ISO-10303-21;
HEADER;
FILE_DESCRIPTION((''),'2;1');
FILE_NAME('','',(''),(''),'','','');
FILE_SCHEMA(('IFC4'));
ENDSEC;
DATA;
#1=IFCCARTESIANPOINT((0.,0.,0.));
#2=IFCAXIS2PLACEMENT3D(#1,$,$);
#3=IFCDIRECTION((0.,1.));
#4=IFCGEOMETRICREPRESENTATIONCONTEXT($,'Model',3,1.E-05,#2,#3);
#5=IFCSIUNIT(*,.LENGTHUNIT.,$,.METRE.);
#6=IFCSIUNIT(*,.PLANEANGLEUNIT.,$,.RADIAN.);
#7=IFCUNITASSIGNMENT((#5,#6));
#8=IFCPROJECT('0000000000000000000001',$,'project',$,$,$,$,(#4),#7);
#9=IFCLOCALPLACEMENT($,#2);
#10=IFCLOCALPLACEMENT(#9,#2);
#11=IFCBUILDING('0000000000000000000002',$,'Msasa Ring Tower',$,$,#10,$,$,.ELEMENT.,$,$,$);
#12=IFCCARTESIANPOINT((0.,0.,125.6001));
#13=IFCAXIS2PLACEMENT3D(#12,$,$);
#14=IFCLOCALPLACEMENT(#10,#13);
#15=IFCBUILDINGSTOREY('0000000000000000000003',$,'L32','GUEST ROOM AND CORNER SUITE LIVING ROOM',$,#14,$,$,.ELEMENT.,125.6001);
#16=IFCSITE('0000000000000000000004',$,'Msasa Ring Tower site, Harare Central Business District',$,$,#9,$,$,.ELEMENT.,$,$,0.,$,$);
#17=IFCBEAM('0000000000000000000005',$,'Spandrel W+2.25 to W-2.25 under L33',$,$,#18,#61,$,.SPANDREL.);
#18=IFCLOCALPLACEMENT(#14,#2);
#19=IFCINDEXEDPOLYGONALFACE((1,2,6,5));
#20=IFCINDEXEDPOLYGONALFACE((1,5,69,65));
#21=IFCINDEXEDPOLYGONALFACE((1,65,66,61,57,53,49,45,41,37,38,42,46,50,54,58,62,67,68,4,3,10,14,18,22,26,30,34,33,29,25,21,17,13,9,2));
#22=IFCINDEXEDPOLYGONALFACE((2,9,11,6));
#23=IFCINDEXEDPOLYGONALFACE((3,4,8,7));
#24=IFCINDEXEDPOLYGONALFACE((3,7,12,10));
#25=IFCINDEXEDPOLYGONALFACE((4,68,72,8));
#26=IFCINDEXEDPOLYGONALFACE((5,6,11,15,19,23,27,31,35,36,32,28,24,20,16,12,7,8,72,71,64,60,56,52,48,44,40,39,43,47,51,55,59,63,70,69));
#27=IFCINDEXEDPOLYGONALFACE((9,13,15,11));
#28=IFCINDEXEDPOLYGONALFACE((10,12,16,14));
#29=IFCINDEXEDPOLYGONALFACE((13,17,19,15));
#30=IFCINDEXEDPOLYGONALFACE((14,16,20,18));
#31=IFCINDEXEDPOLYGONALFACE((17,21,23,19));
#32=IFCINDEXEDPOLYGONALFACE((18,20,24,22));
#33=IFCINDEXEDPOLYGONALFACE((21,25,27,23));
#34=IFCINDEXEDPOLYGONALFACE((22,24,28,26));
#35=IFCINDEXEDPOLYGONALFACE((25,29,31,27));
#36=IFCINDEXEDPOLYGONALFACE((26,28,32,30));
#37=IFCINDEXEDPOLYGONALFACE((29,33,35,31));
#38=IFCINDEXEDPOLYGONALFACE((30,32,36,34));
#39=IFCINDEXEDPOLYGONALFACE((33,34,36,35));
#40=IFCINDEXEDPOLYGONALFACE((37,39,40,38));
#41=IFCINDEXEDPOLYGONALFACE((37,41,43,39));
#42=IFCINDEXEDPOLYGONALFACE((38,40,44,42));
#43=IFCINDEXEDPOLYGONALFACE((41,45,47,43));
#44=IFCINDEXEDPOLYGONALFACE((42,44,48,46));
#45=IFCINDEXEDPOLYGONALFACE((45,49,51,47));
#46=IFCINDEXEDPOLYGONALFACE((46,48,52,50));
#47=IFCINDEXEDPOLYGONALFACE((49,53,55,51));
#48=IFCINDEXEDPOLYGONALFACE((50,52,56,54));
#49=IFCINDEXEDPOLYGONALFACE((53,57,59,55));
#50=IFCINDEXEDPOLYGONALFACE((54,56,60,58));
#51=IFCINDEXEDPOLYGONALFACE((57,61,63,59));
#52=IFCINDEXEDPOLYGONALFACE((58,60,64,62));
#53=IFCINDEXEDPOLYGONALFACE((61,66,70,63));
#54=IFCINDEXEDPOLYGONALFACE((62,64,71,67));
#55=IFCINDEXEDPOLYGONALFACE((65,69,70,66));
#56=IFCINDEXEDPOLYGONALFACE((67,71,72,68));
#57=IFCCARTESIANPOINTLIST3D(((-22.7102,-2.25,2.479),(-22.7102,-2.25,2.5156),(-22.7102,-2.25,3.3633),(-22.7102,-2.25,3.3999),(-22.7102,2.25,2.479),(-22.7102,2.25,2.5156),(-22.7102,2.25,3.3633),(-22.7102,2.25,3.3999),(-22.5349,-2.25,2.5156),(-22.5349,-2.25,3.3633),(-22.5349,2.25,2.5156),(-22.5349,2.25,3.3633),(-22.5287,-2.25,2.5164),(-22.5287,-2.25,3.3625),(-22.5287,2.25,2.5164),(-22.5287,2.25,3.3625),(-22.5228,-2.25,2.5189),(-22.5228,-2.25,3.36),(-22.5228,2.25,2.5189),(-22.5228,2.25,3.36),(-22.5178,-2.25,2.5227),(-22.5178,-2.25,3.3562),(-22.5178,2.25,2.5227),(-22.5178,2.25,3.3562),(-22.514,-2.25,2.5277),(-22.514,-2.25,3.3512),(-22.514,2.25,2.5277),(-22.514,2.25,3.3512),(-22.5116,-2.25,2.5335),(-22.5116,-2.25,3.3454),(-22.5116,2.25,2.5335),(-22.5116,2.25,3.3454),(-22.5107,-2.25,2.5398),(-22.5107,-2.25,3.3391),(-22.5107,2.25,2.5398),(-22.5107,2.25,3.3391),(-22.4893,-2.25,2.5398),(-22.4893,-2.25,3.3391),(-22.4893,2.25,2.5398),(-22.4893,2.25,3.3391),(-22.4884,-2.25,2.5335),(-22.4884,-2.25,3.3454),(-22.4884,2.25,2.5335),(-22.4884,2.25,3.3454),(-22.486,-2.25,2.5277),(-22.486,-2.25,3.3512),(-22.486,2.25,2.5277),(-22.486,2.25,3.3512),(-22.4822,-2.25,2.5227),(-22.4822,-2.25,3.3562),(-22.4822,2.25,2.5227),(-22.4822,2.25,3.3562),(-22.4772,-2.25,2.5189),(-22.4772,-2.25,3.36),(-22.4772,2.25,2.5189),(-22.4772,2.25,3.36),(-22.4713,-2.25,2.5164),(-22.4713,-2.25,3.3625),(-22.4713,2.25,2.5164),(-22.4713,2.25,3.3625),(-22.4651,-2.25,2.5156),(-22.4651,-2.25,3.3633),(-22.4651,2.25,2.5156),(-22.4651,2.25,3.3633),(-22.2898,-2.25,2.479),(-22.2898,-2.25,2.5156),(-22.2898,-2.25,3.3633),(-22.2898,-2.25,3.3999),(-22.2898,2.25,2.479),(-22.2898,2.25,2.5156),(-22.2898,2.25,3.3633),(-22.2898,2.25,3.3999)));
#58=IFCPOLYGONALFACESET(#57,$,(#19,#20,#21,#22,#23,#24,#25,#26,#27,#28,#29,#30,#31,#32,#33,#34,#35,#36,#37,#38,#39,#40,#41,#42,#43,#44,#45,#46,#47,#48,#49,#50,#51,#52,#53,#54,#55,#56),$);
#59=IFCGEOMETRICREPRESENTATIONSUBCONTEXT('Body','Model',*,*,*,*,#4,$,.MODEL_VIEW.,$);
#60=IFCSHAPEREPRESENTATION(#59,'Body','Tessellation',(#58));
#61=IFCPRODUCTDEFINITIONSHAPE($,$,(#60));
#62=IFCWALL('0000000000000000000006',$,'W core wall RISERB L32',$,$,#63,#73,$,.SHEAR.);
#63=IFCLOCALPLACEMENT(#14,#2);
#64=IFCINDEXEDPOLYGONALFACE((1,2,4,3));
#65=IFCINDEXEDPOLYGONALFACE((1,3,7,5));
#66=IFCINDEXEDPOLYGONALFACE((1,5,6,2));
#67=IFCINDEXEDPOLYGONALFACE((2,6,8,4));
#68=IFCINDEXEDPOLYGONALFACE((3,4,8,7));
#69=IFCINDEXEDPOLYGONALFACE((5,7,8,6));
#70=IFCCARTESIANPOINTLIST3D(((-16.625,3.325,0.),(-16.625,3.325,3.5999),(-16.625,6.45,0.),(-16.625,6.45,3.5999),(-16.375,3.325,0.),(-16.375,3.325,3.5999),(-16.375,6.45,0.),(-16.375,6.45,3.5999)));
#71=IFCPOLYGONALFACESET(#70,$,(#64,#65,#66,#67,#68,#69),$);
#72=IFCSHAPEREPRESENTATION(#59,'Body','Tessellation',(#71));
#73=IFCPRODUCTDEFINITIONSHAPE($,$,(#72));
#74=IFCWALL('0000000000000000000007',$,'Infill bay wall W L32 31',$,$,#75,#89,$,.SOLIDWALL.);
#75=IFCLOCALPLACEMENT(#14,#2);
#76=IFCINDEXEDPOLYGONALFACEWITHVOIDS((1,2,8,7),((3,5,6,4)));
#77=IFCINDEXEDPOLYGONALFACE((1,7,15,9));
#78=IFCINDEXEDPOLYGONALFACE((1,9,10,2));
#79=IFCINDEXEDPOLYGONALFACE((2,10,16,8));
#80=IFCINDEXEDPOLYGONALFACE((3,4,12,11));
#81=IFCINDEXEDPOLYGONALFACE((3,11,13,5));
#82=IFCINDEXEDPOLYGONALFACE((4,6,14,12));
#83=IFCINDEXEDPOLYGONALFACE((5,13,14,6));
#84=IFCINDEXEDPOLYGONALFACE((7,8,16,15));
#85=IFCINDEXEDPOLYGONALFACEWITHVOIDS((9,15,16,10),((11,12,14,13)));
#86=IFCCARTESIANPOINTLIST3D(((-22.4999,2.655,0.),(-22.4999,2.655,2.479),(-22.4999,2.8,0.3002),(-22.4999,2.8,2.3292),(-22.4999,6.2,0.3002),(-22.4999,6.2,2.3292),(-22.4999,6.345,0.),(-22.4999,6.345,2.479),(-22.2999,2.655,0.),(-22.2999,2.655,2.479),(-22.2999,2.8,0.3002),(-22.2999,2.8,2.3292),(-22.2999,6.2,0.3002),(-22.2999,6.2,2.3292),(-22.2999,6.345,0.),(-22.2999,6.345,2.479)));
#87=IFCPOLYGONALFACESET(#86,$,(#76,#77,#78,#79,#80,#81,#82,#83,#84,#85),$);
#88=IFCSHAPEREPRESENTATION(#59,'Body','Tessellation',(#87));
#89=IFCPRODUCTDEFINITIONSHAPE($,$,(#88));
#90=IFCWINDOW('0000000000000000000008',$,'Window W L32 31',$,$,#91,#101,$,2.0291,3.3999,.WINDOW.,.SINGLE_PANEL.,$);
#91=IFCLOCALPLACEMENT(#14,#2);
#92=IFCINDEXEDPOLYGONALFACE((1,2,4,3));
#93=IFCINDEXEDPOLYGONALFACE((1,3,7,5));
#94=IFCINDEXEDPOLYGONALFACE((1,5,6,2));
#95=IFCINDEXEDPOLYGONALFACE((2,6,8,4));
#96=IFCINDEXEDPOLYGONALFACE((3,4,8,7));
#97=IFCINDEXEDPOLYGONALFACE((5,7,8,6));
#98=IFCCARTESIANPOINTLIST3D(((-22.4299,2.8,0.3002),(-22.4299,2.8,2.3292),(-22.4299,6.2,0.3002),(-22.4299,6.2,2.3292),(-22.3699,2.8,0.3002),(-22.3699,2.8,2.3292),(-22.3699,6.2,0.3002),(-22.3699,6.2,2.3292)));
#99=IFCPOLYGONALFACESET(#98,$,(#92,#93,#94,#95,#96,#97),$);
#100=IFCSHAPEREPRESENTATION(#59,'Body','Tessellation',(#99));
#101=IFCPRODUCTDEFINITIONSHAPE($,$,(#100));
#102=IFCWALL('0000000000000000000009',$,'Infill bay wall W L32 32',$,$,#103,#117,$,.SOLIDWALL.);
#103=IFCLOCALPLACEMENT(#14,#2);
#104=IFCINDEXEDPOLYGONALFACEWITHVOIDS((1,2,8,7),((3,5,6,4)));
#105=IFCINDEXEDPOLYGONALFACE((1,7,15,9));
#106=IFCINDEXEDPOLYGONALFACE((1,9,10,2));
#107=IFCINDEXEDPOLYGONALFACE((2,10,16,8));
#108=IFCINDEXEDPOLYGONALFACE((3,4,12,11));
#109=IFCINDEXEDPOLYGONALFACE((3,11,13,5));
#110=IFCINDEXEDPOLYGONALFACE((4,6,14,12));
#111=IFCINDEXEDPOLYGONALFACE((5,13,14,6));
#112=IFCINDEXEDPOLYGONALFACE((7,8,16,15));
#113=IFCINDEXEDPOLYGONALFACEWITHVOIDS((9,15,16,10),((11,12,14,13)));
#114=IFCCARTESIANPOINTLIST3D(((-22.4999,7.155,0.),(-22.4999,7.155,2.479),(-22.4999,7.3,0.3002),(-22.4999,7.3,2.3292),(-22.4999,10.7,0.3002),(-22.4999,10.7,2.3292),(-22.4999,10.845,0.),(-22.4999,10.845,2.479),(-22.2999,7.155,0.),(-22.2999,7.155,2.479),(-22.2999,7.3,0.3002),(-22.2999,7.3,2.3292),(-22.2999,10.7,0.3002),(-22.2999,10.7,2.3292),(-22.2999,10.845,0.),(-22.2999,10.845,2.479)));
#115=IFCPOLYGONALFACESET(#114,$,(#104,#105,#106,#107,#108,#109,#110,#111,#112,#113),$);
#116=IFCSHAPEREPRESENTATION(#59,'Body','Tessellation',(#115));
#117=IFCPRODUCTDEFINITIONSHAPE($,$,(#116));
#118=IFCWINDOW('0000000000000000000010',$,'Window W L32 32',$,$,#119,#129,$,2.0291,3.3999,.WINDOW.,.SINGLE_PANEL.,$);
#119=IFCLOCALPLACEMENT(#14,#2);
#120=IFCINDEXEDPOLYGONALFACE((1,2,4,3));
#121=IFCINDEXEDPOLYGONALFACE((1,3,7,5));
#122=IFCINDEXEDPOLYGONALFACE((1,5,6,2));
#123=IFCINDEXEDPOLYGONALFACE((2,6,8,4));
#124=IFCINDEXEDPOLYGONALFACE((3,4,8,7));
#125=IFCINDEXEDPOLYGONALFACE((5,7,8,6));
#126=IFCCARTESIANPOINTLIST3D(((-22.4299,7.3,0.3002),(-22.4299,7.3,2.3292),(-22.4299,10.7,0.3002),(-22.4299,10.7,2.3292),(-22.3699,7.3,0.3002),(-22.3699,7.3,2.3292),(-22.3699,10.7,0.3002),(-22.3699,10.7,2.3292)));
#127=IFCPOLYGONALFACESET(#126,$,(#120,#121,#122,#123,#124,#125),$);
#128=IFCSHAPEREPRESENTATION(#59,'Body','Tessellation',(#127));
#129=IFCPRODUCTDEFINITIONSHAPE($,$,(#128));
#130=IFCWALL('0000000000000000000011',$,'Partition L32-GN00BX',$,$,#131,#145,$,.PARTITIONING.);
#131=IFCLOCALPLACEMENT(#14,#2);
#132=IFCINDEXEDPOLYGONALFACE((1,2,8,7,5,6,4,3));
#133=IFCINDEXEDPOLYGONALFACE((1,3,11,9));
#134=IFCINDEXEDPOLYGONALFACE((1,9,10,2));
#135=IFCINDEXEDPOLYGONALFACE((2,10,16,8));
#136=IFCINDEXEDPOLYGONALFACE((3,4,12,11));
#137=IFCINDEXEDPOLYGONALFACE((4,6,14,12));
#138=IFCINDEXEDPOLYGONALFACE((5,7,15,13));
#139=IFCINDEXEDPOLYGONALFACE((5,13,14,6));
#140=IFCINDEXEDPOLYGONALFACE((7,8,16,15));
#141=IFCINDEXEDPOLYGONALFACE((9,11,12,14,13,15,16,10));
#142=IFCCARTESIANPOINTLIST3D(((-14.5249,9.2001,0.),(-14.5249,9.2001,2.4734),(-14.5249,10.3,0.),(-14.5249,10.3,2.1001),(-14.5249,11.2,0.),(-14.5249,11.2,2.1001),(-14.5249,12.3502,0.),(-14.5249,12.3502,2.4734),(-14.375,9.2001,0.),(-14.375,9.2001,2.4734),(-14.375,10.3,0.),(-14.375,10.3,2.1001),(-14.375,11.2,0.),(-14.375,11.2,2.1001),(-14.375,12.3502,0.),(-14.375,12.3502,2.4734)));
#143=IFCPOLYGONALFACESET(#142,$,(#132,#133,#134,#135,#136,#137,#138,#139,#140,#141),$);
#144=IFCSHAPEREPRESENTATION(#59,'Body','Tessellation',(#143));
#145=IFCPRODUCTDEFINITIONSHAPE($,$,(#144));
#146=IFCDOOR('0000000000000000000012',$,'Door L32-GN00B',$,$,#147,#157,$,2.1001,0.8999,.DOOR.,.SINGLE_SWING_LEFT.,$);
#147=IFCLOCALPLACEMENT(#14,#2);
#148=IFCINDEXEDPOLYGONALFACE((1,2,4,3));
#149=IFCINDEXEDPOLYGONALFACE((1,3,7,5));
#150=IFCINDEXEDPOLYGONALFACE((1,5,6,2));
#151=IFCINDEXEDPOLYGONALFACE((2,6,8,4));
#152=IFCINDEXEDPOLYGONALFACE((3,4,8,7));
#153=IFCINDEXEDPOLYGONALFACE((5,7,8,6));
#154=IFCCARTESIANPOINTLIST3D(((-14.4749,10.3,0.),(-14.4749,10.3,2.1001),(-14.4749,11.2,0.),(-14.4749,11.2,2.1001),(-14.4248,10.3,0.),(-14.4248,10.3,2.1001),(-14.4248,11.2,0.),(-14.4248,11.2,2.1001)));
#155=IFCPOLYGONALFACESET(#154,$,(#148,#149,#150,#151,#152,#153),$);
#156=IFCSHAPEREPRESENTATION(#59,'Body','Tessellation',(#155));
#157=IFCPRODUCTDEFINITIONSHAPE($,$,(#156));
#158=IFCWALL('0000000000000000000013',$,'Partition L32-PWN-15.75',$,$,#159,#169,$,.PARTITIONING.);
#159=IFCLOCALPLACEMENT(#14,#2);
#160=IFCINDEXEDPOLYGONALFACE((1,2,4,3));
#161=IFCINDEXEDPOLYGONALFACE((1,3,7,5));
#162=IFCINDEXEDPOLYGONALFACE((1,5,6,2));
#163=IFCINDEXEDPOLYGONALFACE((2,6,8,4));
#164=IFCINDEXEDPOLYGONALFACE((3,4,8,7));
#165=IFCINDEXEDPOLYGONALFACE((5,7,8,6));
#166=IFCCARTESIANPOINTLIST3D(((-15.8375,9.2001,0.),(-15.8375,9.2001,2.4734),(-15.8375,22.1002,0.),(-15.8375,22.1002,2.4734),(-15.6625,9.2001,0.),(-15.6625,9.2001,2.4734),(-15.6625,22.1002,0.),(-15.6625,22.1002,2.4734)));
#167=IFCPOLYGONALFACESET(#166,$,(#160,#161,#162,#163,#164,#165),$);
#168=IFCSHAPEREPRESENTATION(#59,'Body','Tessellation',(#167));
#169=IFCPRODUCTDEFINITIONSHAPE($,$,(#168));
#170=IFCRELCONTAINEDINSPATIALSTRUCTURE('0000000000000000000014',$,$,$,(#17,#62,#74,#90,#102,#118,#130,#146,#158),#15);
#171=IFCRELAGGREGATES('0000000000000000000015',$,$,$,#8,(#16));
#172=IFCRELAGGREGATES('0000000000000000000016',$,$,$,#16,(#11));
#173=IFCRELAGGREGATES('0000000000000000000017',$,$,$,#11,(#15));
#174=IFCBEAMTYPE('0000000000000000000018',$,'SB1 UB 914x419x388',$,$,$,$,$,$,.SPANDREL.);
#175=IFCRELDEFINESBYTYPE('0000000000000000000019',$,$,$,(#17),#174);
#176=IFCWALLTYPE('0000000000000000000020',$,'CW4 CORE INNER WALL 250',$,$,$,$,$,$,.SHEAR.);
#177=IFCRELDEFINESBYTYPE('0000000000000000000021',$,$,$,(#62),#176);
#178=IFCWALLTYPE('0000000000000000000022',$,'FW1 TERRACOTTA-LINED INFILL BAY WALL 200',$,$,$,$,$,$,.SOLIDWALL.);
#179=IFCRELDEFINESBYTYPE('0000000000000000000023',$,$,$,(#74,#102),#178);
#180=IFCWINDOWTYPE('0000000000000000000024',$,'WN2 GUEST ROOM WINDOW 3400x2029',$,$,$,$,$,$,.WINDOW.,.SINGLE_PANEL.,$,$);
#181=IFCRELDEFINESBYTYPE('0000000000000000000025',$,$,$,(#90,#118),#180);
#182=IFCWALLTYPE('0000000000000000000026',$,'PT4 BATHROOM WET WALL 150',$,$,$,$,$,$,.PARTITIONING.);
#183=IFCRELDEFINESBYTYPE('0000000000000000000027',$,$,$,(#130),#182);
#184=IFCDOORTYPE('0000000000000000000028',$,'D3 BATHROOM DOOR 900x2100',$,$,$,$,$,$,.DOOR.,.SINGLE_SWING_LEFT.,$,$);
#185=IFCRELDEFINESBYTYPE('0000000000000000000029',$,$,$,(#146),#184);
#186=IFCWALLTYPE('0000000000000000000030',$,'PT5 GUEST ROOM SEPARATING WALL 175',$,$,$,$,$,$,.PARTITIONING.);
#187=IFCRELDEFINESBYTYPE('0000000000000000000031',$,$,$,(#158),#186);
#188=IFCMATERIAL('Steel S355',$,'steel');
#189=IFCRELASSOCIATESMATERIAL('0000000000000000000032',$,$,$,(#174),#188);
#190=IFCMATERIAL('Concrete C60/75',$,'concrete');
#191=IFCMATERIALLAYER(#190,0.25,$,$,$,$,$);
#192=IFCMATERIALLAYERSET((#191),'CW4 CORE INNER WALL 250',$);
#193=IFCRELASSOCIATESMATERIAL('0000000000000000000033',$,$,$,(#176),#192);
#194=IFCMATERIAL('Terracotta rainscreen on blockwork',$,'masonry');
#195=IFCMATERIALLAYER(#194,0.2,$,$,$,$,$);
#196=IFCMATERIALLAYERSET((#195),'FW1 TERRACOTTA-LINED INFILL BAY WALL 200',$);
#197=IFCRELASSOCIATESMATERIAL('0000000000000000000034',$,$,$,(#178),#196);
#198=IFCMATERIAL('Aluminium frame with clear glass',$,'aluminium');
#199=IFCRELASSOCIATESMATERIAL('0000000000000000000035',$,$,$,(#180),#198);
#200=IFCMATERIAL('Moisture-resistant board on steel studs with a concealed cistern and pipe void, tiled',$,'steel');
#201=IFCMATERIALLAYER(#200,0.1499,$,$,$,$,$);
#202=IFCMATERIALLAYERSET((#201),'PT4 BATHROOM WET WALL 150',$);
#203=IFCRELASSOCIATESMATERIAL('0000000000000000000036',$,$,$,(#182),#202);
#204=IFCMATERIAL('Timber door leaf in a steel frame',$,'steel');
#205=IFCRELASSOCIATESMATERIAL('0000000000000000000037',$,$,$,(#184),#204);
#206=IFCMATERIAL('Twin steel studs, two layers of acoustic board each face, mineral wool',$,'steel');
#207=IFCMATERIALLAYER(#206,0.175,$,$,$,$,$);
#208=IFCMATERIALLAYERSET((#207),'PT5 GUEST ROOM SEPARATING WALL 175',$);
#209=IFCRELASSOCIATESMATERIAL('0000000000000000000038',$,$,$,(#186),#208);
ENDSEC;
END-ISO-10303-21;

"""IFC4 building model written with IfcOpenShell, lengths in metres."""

from ifc_helpers import new_model, si_unit, direction, frame, frame_2d, origin, origin_2d, place, context, subcontext, project, spatial, rectangle, i_section, extrude, material, layer, layer_set, material_profile, profile_set, type_object, element, fill, save


model = new_model("IFC4")

# Units and contexts
model_context = context("Model", 3, precision=1e-05, world=origin(), true_north=direction((0.0, 1.0)))
body_context = subcontext(model_context, "Body", "Model", "MODEL_VIEW")
ifc_project = project(units=[si_unit("LENGTHUNIT", "METRE"), si_unit("PLANEANGLEUNIT", "RADIAN")], contexts=[model_context])

# Site, building, storey
site_placement = place(None, origin())
site = spatial("IfcSite", under=ifc_project, at=site_placement, Name="Msasa Ring Tower site, Harare Central Business District", CompositionType="ELEMENT", RefElevation=0.0)
building_placement = place(site_placement, origin())
building = spatial("IfcBuilding", under=site, at=building_placement, Name="Msasa Ring Tower", CompositionType="ELEMENT")
storey_placement = place(building_placement, frame((0.0, 0.0, 125.6001)))
storey = spatial("IfcBuildingStorey", under=building, at=storey_placement, Name="L32", Description="GUEST ROOM AND CORNER SUITE LIVING ROOM", CompositionType="ELEMENT", Elevation=125.6001)

# Beam
ifc_material_1 = material(Name="Steel S355", Category="steel")
ifc_material_profile_1 = material_profile(ifc_material_1, i_section(OverallWidth=0.4204, OverallDepth=0.9209, WebThickness=0.0215, FlangeThickness=0.0366, FilletRadius=0.0242, at=origin_2d()), Name="UB 914x419x388")
ifc_profile_set_1 = profile_set([ifc_material_profile_1], Name="Steel S355")
beam_type_1 = type_object("IfcBeamType", Name="SB1 UB 914x419x388", PredefinedType="SPANDREL", material=ifc_profile_set_1)
for number, where, z_axis, x_axis, name in (
    (1, (-22.5, 2.25, 2.9395), (0.0, -1.0, 0.0), (1.0, 0.0, 0.0), "Spandrel W+2.25 to W-2.25 under L33"),
):
    element("IfcBeam", number, at=place(storey_placement, frame(where, z_axis=z_axis, x_axis=x_axis)), inside=storey, type_object=beam_type_1, Name=name, PredefinedType="SPANDREL", context=body_context, shape_type="SweptSolid", body=[
        extrude(i_section(OverallWidth=0.4204, OverallDepth=0.9209, WebThickness=0.0215, FlangeThickness=0.0366, FilletRadius=0.0242, at=origin_2d()), origin(), (0.0, 0.0, 1.0), 4.5),
    ])

# Wall
ifc_material_2 = material(Name="Concrete C60/75", Category="concrete")
ifc_layer_1 = layer(ifc_material_2, 0.25)
ifc_layer_set_1 = layer_set([ifc_layer_1], Name="CW4 CORE INNER WALL 250")
wall_type_1 = type_object("IfcWallType", Name="CW4 CORE INNER WALL 250", PredefinedType="SHEAR", material=ifc_layer_set_1)
wall_1_placement = place(storey_placement, frame((-16.5, 3.325, 0.0), z_axis=(0.0, 0.0, 1.0), x_axis=(0.0, 1.0, 0.0)))
element("IfcWall", 2, at=wall_1_placement, inside=storey, type_object=wall_type_1, Name="W core wall RISERB L32", PredefinedType="SHEAR", context=body_context, shape_type="SweptSolid", body=[
    extrude(rectangle(XDim=3.125, YDim=0.25, at=frame_2d((1.5625, 0.0))), origin(), (0.0, 0.0, 1.0), 3.5999),
])

# Walls, openings, windows
ifc_material_3 = material(Name="Terracotta rainscreen on blockwork", Category="masonry")
ifc_layer_2 = layer(ifc_material_3, 0.2)
ifc_layer_set_2 = layer_set([ifc_layer_2], Name="FW1 TERRACOTTA-LINED INFILL BAY WALL 200")
wall_type_2 = type_object("IfcWallType", Name="FW1 TERRACOTTA-LINED INFILL BAY WALL 200", PredefinedType="SOLIDWALL", material=ifc_layer_set_2)
wall_2_placement = place(storey_placement, frame((-22.3999, 2.655, 0.0), z_axis=(0.0, 0.0, 1.0), x_axis=(0.0, 1.0, 0.0)))
wall_2 = element("IfcWall", 3, at=wall_2_placement, inside=storey, type_object=wall_type_2, Name="Infill bay wall W L32 31", PredefinedType="SOLIDWALL", context=body_context, shape_type="SweptSolid", body=[
    extrude(rectangle(XDim=3.6899, YDim=0.2, at=frame_2d((1.845, 0.0))), origin(), (0.0, 0.0, 1.0), 2.479),
])
opening_1_placement = place(wall_2_placement, frame((0.145, 0.0, 0.3)))
opening_1 = element("IfcOpeningElement", 4, at=opening_1_placement, cuts=wall_2, PredefinedType="OPENING", context=body_context, shape_type="SweptSolid", body=[
    extrude(rectangle(XDim=3.3999, YDim=2.0291, at=frame_2d((1.7, 1.0146))), frame((0.0, 0.1099, 0.0), z_axis=(0.0, -1.0, 0.0), x_axis=(1.0, 0.0, 0.0)), (0.0, 0.0, 1.0), 0.22),
])
ifc_material_4 = material(Name="Aluminium frame with clear glass", Category="aluminium")
window_type = type_object("IfcWindowType", Name="WN2 GUEST ROOM WINDOW 3400x2029", PartitioningType="SINGLE_PANEL", PredefinedType="WINDOW", material=ifc_material_4)
window_1_placement = place(opening_1_placement, origin())
window_1 = element("IfcWindow", 5, at=window_1_placement, inside=storey, type_object=window_type, Name="Window W L32 31", OverallHeight=2.0291, OverallWidth=3.3999, PartitioningType="SINGLE_PANEL", PredefinedType="WINDOW", context=body_context, shape_type="SweptSolid", body=[
    extrude(rectangle(XDim=3.3999, YDim=2.0291, at=frame_2d((1.7, 1.0146))), frame((0.0, 0.03, 0.0), z_axis=(0.0, -1.0, 0.0), x_axis=(1.0, 0.0, 0.0)), (0.0, 0.0, 1.0), 0.0601),
])
fill(opening_1, window_1)
wall_3_placement = place(storey_placement, frame((-22.3999, 7.155, 0.0), z_axis=(0.0, 0.0, 1.0), x_axis=(0.0, 1.0, 0.0)))
wall_3 = element("IfcWall", 6, at=wall_3_placement, inside=storey, type_object=wall_type_2, Name="Infill bay wall W L32 32", PredefinedType="SOLIDWALL", context=body_context, shape_type="SweptSolid", body=[
    extrude(rectangle(XDim=3.6899, YDim=0.2, at=frame_2d((1.845, 0.0))), origin(), (0.0, 0.0, 1.0), 2.479),
])
opening_2_placement = place(wall_3_placement, frame((0.145, 0.0, 0.3)))
opening_2 = element("IfcOpeningElement", 7, at=opening_2_placement, cuts=wall_3, PredefinedType="OPENING", context=body_context, shape_type="SweptSolid", body=[
    extrude(rectangle(XDim=3.3999, YDim=2.0291, at=frame_2d((1.7, 1.0146))), frame((0.0, 0.1099, 0.0), z_axis=(0.0, -1.0, 0.0), x_axis=(1.0, 0.0, 0.0)), (0.0, 0.0, 1.0), 0.22),
])
window_2_placement = place(opening_2_placement, origin())
window_2 = element("IfcWindow", 8, at=window_2_placement, inside=storey, type_object=window_type, Name="Window W L32 32", OverallHeight=2.0291, OverallWidth=3.3999, PartitioningType="SINGLE_PANEL", PredefinedType="WINDOW", context=body_context, shape_type="SweptSolid", body=[
    extrude(rectangle(XDim=3.3999, YDim=2.0291, at=frame_2d((1.7, 1.0146))), frame((0.0, 0.03, 0.0), z_axis=(0.0, -1.0, 0.0), x_axis=(1.0, 0.0, 0.0)), (0.0, 0.0, 1.0), 0.0601),
])
fill(opening_2, window_2)

# Wall, opening, door
ifc_material_5 = material(Name="Moisture-resistant board on steel studs with a concealed cistern and pipe void, tiled", Category="steel")
ifc_layer_3 = layer(ifc_material_5, 0.1499)
ifc_layer_set_3 = layer_set([ifc_layer_3], Name="PT4 BATHROOM WET WALL 150")
wall_type_3 = type_object("IfcWallType", Name="PT4 BATHROOM WET WALL 150", PredefinedType="PARTITIONING", material=ifc_layer_set_3)
wall_4_placement = place(storey_placement, frame((-14.45, 9.2, 0.0), z_axis=(0.0, 0.0, 1.0), x_axis=(0.0, 1.0, 0.0)))
wall_4 = element("IfcWall", 9, at=wall_4_placement, inside=storey, type_object=wall_type_3, Name="Partition L32-GN00BX", PredefinedType="PARTITIONING", context=body_context, shape_type="SweptSolid", body=[
    extrude(rectangle(XDim=3.1501, YDim=0.1499, at=frame_2d((1.5752, 0.0))), origin(), (0.0, 0.0, 1.0), 2.4734),
])
opening_3_placement = place(wall_4_placement, frame((1.1001, 0.0, 0.0)))
opening_3 = element("IfcOpeningElement", 10, at=opening_3_placement, cuts=wall_4, PredefinedType="OPENING", context=body_context, shape_type="SweptSolid", body=[
    extrude(rectangle(XDim=0.8999, YDim=2.1001, at=frame_2d((0.45, 1.05))), frame((0.0, 0.085, 0.0), z_axis=(0.0, -1.0, 0.0), x_axis=(1.0, 0.0, 0.0)), (0.0, 0.0, 1.0), 0.1699),
])
ifc_material_6 = material(Name="Timber door leaf in a steel frame", Category="steel")
door_type_1 = type_object("IfcDoorType", Name="D3 BATHROOM DOOR 900x2100", OperationType="SINGLE_SWING_LEFT", PredefinedType="DOOR", material=ifc_material_6)
door_1_placement = place(opening_3_placement, origin())
door_1 = element("IfcDoor", 11, at=door_1_placement, inside=storey, type_object=door_type_1, Name="Door L32-GN00B", OperationType="SINGLE_SWING_LEFT", OverallHeight=2.1001, OverallWidth=0.8999, PredefinedType="DOOR", context=body_context, shape_type="SweptSolid", body=[
    extrude(rectangle(XDim=0.8999, YDim=2.1001, at=frame_2d((0.45, 1.05))), frame((0.0, 0.0249, 0.0), z_axis=(0.0, -1.0, 0.0), x_axis=(1.0, 0.0, 0.0)), (0.0, 0.0, 1.0), 0.05),
])
fill(opening_3, door_1)

# Wall
ifc_material_7 = material(Name="Twin steel studs, two layers of acoustic board each face, mineral wool", Category="steel")
ifc_layer_4 = layer(ifc_material_7, 0.175)
ifc_layer_set_4 = layer_set([ifc_layer_4], Name="PT5 GUEST ROOM SEPARATING WALL 175")
wall_type_4 = type_object("IfcWallType", Name="PT5 GUEST ROOM SEPARATING WALL 175", PredefinedType="PARTITIONING", material=ifc_layer_set_4)
wall_5_placement = place(storey_placement, frame((-15.75, 9.2, 0.0), z_axis=(0.0, 0.0, 1.0), x_axis=(0.0, 1.0, 0.0)))
element("IfcWall", 12, at=wall_5_placement, inside=storey, type_object=wall_type_4, Name="Partition L32-PWN-15.75", PredefinedType="PARTITIONING", context=body_context, shape_type="SweptSolid", body=[
    extrude(rectangle(XDim=12.9001, YDim=0.175, at=frame_2d((6.4502, 0.0))), origin(), (0.0, 0.0, 1.0), 2.4734),
])

save(model, "model.ifc")
